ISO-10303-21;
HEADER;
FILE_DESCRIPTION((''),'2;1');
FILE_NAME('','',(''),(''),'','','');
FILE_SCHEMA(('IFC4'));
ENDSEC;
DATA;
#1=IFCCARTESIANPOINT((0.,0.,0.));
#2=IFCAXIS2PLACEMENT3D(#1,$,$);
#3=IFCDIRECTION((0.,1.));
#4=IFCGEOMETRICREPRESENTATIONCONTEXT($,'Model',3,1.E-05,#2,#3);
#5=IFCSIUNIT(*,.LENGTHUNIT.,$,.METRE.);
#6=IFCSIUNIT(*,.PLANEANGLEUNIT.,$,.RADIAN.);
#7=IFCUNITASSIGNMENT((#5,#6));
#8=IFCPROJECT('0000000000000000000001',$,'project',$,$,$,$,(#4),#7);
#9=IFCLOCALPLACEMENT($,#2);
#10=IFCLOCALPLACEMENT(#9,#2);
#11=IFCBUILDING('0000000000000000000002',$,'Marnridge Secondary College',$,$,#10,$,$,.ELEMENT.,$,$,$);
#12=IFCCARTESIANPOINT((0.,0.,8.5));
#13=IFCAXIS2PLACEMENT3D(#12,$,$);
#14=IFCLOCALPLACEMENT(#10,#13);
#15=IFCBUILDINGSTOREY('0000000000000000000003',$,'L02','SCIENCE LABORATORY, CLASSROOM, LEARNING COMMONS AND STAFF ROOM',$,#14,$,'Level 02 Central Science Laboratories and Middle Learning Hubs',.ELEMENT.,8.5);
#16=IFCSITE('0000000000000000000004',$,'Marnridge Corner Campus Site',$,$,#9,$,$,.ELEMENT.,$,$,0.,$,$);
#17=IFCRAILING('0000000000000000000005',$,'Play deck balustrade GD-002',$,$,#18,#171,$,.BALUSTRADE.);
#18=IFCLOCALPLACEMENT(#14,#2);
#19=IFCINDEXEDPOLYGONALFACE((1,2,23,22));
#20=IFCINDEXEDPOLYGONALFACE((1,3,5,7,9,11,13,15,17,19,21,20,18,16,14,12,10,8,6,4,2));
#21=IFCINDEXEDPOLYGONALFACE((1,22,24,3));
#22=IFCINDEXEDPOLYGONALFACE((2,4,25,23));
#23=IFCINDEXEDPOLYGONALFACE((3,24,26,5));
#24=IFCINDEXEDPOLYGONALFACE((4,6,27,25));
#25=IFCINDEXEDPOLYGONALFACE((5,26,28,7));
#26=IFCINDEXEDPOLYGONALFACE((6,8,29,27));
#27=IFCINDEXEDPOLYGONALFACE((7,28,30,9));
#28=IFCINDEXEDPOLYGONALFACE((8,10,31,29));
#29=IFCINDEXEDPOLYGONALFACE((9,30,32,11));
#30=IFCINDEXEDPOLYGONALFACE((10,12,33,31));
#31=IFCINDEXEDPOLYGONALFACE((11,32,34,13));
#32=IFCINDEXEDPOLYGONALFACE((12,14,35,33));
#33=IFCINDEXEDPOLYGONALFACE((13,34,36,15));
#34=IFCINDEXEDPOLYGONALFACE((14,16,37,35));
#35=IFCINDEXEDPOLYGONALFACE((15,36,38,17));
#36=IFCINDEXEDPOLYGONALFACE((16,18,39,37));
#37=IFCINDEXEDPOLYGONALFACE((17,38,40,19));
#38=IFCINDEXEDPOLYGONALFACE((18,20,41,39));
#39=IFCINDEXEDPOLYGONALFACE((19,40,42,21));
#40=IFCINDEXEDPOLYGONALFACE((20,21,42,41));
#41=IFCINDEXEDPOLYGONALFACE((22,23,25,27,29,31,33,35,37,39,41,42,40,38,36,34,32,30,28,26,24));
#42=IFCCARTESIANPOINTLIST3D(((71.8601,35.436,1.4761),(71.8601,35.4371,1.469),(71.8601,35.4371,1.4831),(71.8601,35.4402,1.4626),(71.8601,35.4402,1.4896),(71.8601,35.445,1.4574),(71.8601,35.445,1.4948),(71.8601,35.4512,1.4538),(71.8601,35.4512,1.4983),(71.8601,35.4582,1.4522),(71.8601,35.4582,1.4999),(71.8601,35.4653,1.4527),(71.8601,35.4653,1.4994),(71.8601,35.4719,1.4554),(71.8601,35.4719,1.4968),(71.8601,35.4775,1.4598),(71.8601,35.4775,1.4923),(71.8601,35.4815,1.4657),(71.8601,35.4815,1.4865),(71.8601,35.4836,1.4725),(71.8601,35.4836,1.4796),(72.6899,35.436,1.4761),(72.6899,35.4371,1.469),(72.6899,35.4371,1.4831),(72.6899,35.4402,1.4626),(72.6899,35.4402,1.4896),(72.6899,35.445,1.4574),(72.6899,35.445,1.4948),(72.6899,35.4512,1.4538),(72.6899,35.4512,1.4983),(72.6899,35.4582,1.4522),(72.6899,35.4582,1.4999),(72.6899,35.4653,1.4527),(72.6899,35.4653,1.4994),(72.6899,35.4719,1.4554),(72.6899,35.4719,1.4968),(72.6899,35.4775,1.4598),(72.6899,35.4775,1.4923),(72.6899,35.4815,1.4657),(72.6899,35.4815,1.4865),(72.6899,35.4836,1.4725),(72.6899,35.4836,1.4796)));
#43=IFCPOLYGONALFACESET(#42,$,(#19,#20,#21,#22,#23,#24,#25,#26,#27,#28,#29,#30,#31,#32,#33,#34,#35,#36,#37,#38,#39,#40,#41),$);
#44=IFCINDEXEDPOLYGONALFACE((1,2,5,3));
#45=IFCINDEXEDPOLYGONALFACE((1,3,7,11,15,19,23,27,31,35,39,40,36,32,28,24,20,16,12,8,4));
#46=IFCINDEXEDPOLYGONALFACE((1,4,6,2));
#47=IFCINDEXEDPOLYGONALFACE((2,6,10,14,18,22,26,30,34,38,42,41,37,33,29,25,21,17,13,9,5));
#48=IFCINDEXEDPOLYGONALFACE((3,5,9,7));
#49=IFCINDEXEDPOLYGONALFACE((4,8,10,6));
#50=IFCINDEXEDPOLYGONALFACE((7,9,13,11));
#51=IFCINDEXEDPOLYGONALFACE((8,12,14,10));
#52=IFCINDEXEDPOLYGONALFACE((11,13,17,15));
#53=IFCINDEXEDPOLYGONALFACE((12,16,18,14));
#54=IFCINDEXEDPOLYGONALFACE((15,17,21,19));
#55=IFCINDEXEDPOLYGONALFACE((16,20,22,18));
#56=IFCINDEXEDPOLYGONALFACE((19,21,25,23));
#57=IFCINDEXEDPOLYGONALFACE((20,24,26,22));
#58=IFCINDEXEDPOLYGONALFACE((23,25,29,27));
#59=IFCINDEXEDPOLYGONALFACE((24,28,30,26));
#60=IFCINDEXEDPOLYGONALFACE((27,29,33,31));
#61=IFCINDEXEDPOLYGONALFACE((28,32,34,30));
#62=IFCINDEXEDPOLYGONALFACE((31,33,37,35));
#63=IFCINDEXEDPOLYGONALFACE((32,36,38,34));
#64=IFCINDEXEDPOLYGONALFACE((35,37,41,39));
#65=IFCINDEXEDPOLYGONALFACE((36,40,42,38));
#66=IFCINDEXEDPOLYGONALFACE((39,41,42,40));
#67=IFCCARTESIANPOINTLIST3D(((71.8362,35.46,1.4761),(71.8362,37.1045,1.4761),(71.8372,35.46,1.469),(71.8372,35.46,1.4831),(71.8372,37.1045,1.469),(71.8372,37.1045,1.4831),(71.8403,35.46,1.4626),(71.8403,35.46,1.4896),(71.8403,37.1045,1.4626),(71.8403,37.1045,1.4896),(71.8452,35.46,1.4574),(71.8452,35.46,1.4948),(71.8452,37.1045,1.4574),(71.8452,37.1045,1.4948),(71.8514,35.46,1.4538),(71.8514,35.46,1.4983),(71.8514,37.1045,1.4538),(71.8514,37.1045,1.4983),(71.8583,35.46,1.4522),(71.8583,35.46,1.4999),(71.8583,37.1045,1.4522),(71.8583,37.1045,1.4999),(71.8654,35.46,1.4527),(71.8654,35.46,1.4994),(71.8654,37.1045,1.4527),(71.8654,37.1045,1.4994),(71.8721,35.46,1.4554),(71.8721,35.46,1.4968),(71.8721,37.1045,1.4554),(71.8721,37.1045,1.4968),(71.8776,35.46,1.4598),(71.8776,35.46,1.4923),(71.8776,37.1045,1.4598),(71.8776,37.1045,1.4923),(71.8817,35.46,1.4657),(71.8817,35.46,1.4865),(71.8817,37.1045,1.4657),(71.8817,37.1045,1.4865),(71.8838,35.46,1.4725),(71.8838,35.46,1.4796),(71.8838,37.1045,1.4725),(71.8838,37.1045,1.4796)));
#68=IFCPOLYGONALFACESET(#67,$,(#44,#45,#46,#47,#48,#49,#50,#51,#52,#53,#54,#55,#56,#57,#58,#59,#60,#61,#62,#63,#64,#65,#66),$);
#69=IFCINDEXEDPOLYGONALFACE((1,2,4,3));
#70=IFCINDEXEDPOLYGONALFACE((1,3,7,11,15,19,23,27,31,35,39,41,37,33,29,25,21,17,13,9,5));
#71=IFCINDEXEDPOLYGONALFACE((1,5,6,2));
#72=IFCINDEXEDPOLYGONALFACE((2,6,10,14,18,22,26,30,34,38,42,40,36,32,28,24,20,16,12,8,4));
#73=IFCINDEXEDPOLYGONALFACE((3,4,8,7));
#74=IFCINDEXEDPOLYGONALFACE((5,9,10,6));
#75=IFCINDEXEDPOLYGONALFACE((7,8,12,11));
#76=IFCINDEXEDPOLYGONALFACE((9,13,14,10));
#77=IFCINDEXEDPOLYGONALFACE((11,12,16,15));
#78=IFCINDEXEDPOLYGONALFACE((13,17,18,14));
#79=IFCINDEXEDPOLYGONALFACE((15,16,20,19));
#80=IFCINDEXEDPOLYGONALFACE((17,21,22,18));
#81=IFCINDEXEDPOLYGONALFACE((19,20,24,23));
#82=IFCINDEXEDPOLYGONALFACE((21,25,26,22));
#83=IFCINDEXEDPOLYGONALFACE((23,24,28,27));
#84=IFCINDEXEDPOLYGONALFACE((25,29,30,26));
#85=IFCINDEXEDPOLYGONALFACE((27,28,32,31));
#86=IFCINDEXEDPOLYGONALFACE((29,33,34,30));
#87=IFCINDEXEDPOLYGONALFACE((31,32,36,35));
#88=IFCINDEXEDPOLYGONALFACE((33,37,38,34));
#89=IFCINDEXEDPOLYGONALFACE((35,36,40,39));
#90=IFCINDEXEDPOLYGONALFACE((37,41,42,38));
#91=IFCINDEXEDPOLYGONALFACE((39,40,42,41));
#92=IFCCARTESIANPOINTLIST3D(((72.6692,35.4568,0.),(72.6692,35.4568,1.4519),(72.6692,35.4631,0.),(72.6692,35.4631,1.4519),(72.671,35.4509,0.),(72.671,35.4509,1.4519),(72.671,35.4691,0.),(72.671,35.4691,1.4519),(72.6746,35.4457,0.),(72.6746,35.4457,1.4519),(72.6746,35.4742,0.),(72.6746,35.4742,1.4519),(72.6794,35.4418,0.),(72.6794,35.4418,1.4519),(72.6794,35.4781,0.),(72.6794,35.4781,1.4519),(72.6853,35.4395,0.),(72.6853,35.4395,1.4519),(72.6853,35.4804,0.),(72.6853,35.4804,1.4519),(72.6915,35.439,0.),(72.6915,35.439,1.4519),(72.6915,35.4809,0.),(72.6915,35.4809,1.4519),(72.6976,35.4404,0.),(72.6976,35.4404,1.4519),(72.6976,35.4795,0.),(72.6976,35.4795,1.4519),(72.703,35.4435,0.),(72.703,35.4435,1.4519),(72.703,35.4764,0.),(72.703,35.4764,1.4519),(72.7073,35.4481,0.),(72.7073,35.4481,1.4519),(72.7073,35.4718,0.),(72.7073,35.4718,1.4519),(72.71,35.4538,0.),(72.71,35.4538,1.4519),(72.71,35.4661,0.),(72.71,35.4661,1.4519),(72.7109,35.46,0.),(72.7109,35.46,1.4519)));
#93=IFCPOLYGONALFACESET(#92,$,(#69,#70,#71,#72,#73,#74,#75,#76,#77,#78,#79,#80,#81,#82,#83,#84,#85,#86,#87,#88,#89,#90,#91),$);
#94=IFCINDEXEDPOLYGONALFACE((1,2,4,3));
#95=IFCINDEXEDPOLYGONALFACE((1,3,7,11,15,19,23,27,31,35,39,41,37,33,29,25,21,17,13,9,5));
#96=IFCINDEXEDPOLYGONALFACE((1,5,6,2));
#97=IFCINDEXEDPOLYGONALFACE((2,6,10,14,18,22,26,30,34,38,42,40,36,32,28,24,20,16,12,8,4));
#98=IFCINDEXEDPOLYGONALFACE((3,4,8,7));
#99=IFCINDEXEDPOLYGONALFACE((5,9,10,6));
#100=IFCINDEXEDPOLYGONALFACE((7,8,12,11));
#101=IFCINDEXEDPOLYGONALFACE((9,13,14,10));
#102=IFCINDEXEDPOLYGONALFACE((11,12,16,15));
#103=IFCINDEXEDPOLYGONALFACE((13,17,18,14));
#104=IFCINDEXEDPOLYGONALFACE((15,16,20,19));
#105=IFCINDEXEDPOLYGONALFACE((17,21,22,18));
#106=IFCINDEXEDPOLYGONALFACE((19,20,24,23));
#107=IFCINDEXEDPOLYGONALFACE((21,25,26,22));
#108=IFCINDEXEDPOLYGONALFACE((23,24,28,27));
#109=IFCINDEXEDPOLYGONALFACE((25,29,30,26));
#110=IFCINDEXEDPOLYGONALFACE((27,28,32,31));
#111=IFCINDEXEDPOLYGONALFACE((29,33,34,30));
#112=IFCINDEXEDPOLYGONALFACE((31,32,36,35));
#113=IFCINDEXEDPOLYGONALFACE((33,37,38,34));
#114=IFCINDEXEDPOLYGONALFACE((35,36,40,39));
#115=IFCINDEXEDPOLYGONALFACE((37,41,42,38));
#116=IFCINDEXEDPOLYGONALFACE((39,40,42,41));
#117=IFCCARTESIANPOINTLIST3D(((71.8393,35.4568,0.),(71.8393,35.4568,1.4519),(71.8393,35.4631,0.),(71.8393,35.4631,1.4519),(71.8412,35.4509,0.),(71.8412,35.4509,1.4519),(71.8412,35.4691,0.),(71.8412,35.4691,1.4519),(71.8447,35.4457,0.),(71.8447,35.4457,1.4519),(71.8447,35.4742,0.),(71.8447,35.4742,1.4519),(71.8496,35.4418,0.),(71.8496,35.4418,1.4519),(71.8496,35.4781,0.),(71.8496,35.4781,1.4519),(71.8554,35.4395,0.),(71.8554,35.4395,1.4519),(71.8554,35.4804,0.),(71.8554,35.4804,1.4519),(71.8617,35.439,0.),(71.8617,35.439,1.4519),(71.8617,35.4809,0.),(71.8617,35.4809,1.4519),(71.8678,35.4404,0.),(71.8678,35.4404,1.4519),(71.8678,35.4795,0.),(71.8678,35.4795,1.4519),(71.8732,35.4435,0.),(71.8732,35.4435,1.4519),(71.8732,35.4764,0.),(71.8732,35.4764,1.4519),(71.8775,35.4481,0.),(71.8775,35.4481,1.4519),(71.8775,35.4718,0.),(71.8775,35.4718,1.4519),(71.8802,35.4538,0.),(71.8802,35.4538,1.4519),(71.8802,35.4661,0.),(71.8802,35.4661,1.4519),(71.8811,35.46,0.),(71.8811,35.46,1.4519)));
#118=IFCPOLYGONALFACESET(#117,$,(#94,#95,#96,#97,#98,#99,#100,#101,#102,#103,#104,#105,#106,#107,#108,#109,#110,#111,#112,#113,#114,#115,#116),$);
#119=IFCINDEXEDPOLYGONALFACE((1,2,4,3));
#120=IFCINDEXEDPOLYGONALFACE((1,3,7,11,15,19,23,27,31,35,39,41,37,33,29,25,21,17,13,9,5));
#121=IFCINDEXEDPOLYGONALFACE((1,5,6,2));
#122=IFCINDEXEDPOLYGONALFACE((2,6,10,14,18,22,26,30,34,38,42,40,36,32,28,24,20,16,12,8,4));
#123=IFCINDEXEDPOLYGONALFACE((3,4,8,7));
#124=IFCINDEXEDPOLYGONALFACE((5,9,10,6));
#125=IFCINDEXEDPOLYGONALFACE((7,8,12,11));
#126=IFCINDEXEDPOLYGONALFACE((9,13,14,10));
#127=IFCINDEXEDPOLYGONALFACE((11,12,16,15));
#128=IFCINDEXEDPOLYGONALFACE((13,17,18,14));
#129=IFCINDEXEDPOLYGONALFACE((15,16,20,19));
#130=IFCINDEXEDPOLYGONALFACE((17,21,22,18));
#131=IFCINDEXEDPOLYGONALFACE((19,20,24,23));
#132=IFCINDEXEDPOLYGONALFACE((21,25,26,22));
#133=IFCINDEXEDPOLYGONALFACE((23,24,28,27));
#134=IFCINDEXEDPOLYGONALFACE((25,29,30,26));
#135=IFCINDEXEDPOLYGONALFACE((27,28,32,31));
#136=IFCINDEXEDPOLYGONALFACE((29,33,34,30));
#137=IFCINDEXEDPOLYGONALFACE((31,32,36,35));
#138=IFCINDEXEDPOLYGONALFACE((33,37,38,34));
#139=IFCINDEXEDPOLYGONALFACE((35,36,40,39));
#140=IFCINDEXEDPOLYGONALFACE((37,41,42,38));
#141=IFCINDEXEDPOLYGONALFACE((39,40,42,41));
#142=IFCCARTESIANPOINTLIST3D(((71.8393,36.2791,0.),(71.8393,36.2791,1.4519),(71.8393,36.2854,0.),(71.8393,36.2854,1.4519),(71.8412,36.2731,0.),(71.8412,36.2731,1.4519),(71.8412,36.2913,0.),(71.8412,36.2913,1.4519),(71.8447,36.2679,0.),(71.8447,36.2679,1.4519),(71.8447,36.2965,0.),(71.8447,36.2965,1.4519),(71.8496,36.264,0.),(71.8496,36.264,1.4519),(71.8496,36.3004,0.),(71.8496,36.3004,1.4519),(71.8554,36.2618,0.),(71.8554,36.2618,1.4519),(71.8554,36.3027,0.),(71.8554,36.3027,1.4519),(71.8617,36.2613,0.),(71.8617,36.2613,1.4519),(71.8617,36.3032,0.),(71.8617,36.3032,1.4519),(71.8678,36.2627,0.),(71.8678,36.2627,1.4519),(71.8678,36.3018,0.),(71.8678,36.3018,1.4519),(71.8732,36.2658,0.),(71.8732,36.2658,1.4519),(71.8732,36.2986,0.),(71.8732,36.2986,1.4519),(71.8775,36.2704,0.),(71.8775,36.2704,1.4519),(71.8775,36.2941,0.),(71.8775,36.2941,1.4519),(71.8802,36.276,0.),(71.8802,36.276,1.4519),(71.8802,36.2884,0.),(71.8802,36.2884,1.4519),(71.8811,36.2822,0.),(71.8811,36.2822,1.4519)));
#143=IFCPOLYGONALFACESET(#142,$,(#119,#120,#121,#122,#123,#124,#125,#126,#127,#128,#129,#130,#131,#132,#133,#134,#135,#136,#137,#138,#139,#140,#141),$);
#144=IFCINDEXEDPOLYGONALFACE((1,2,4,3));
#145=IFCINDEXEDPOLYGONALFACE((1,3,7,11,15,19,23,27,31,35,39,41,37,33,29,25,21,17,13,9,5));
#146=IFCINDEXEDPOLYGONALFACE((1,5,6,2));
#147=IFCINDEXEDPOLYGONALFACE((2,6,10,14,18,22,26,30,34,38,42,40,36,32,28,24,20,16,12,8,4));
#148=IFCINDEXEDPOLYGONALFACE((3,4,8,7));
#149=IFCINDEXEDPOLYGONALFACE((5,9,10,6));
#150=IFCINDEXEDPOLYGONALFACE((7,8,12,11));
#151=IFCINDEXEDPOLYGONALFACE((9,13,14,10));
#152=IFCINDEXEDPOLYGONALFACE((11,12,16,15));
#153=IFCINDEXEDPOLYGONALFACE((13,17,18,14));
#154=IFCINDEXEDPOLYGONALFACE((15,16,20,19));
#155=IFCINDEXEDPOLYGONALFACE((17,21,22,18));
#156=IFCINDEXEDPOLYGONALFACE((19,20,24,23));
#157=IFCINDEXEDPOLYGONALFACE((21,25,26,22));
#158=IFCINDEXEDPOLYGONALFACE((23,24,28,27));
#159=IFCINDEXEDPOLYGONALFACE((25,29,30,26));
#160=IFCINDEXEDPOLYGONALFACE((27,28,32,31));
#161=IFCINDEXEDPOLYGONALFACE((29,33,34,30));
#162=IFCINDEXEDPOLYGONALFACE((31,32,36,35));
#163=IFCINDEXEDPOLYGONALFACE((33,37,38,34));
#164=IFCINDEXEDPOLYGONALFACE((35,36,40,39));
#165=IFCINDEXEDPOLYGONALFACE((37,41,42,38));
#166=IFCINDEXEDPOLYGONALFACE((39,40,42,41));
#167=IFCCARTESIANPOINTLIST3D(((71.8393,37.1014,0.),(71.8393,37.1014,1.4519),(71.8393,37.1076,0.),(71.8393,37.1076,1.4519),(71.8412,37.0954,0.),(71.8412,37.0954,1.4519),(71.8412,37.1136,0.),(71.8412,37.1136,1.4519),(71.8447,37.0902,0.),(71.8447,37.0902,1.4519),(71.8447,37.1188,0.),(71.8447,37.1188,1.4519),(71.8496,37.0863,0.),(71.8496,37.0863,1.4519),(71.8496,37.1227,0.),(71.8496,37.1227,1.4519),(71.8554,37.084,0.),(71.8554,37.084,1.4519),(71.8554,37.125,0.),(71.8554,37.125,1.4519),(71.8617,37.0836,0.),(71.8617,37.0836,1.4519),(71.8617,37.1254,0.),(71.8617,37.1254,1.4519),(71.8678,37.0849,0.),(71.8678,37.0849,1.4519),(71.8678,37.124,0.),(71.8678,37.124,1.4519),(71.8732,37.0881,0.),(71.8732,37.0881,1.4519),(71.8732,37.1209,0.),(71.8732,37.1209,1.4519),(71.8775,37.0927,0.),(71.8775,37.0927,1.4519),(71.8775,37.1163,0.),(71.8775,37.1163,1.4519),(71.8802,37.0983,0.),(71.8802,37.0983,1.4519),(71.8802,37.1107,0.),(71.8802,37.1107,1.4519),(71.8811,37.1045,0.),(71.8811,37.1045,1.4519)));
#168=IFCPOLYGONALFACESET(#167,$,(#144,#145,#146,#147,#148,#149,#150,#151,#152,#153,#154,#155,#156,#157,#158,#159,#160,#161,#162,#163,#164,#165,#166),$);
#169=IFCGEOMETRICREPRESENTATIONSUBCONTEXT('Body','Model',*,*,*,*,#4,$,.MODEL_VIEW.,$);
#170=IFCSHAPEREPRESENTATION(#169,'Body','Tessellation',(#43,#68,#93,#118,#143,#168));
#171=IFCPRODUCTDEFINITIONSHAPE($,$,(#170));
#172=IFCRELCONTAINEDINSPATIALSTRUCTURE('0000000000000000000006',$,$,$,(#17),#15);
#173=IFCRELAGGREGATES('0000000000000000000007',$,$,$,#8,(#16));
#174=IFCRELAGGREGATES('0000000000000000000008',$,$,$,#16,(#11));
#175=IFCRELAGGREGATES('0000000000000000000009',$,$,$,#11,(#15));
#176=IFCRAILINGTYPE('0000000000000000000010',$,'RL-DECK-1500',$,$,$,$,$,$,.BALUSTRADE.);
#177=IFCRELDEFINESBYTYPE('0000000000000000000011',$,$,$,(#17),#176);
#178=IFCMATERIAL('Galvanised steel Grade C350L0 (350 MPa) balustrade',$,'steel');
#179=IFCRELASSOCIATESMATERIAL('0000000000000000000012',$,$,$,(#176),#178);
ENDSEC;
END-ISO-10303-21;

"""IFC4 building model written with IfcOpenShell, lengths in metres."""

from ifc_helpers import new_model, si_unit, direction, frame, origin, origin_2d, place, context, subcontext, project, spatial, circle, extrude, material, type_object, element, save


model = new_model("IFC4")

# Units and contexts
model_context = context("Model", 3, precision=1e-05, world=origin(), true_north=direction((0.0, 1.0)))
body_context = subcontext(model_context, "Body", "Model", "MODEL_VIEW")
ifc_project = project(units=[si_unit("LENGTHUNIT", "METRE"), si_unit("PLANEANGLEUNIT", "RADIAN")], contexts=[model_context])

# Site, building, storey
site_placement = place(None, origin())
site = spatial("IfcSite", under=ifc_project, at=site_placement, Name="Marnridge Corner Campus Site", CompositionType="ELEMENT", RefElevation=0.0)
building_placement = place(site_placement, origin())
building = spatial("IfcBuilding", under=site, at=building_placement, Name="Marnridge Secondary College", CompositionType="ELEMENT")
storey_placement = place(building_placement, frame((0.0, 0.0, 8.5)))
storey = spatial("IfcBuildingStorey", under=building, at=storey_placement, Name="L02", Description="SCIENCE LABORATORY, CLASSROOM, LEARNING COMMONS AND STAFF ROOM", LongName="Level 02 Central Science Laboratories and Middle Learning Hubs", CompositionType="ELEMENT", Elevation=8.5)

# Railing
ifc_material_1 = material(Name="Galvanised steel Grade C350L0 (350 MPa) balustrade", Category="steel")
railing_type_1 = type_object("IfcRailingType", Name="RL-DECK-1500", PredefinedType="BALUSTRADE", material=ifc_material_1)
railing_1_placement = place(storey_placement, frame((72.6899, 35.46, 0.0)))
element("IfcRailing", 1, at=railing_1_placement, inside=storey, type_object=railing_type_1, Name="Play deck balustrade GD-002", PredefinedType="BALUSTRADE", context=body_context, shape_type="SweptSolid", body=[
    extrude(circle(Radius=0.0239, at=origin_2d()), frame((0.0, 0.0, 1.4761), z_axis=(-1.0, 0.0, 0.0), x_axis=(0.0, -1.0, 0.0)), (0.0, 0.0, 1.0), 0.8298),
    extrude(circle(Radius=0.0239, at=origin_2d()), frame((-0.8298, 0.0, 1.4761), z_axis=(0.0, 1.0, 0.0), x_axis=(-1.0, 0.0, 0.0)), (0.0, 0.0, 1.0), 1.6445),
    extrude(circle(Radius=0.021, at=origin_2d()), origin(), (0.0, 0.0, 1.0), 1.4519),
    extrude(circle(Radius=0.021, at=origin_2d()), frame((-0.8298, 0.0, 0.0)), (0.0, 0.0, 1.0), 1.4519),
    extrude(circle(Radius=0.021, at=origin_2d()), frame((-0.8298, 0.8223, 0.0)), (0.0, 0.0, 1.0), 1.4519),
    extrude(circle(Radius=0.021, at=origin_2d()), frame((-0.8298, 1.6445, 0.0)), (0.0, 0.0, 1.0), 1.4519),
])

save(model, "model.ifc")
